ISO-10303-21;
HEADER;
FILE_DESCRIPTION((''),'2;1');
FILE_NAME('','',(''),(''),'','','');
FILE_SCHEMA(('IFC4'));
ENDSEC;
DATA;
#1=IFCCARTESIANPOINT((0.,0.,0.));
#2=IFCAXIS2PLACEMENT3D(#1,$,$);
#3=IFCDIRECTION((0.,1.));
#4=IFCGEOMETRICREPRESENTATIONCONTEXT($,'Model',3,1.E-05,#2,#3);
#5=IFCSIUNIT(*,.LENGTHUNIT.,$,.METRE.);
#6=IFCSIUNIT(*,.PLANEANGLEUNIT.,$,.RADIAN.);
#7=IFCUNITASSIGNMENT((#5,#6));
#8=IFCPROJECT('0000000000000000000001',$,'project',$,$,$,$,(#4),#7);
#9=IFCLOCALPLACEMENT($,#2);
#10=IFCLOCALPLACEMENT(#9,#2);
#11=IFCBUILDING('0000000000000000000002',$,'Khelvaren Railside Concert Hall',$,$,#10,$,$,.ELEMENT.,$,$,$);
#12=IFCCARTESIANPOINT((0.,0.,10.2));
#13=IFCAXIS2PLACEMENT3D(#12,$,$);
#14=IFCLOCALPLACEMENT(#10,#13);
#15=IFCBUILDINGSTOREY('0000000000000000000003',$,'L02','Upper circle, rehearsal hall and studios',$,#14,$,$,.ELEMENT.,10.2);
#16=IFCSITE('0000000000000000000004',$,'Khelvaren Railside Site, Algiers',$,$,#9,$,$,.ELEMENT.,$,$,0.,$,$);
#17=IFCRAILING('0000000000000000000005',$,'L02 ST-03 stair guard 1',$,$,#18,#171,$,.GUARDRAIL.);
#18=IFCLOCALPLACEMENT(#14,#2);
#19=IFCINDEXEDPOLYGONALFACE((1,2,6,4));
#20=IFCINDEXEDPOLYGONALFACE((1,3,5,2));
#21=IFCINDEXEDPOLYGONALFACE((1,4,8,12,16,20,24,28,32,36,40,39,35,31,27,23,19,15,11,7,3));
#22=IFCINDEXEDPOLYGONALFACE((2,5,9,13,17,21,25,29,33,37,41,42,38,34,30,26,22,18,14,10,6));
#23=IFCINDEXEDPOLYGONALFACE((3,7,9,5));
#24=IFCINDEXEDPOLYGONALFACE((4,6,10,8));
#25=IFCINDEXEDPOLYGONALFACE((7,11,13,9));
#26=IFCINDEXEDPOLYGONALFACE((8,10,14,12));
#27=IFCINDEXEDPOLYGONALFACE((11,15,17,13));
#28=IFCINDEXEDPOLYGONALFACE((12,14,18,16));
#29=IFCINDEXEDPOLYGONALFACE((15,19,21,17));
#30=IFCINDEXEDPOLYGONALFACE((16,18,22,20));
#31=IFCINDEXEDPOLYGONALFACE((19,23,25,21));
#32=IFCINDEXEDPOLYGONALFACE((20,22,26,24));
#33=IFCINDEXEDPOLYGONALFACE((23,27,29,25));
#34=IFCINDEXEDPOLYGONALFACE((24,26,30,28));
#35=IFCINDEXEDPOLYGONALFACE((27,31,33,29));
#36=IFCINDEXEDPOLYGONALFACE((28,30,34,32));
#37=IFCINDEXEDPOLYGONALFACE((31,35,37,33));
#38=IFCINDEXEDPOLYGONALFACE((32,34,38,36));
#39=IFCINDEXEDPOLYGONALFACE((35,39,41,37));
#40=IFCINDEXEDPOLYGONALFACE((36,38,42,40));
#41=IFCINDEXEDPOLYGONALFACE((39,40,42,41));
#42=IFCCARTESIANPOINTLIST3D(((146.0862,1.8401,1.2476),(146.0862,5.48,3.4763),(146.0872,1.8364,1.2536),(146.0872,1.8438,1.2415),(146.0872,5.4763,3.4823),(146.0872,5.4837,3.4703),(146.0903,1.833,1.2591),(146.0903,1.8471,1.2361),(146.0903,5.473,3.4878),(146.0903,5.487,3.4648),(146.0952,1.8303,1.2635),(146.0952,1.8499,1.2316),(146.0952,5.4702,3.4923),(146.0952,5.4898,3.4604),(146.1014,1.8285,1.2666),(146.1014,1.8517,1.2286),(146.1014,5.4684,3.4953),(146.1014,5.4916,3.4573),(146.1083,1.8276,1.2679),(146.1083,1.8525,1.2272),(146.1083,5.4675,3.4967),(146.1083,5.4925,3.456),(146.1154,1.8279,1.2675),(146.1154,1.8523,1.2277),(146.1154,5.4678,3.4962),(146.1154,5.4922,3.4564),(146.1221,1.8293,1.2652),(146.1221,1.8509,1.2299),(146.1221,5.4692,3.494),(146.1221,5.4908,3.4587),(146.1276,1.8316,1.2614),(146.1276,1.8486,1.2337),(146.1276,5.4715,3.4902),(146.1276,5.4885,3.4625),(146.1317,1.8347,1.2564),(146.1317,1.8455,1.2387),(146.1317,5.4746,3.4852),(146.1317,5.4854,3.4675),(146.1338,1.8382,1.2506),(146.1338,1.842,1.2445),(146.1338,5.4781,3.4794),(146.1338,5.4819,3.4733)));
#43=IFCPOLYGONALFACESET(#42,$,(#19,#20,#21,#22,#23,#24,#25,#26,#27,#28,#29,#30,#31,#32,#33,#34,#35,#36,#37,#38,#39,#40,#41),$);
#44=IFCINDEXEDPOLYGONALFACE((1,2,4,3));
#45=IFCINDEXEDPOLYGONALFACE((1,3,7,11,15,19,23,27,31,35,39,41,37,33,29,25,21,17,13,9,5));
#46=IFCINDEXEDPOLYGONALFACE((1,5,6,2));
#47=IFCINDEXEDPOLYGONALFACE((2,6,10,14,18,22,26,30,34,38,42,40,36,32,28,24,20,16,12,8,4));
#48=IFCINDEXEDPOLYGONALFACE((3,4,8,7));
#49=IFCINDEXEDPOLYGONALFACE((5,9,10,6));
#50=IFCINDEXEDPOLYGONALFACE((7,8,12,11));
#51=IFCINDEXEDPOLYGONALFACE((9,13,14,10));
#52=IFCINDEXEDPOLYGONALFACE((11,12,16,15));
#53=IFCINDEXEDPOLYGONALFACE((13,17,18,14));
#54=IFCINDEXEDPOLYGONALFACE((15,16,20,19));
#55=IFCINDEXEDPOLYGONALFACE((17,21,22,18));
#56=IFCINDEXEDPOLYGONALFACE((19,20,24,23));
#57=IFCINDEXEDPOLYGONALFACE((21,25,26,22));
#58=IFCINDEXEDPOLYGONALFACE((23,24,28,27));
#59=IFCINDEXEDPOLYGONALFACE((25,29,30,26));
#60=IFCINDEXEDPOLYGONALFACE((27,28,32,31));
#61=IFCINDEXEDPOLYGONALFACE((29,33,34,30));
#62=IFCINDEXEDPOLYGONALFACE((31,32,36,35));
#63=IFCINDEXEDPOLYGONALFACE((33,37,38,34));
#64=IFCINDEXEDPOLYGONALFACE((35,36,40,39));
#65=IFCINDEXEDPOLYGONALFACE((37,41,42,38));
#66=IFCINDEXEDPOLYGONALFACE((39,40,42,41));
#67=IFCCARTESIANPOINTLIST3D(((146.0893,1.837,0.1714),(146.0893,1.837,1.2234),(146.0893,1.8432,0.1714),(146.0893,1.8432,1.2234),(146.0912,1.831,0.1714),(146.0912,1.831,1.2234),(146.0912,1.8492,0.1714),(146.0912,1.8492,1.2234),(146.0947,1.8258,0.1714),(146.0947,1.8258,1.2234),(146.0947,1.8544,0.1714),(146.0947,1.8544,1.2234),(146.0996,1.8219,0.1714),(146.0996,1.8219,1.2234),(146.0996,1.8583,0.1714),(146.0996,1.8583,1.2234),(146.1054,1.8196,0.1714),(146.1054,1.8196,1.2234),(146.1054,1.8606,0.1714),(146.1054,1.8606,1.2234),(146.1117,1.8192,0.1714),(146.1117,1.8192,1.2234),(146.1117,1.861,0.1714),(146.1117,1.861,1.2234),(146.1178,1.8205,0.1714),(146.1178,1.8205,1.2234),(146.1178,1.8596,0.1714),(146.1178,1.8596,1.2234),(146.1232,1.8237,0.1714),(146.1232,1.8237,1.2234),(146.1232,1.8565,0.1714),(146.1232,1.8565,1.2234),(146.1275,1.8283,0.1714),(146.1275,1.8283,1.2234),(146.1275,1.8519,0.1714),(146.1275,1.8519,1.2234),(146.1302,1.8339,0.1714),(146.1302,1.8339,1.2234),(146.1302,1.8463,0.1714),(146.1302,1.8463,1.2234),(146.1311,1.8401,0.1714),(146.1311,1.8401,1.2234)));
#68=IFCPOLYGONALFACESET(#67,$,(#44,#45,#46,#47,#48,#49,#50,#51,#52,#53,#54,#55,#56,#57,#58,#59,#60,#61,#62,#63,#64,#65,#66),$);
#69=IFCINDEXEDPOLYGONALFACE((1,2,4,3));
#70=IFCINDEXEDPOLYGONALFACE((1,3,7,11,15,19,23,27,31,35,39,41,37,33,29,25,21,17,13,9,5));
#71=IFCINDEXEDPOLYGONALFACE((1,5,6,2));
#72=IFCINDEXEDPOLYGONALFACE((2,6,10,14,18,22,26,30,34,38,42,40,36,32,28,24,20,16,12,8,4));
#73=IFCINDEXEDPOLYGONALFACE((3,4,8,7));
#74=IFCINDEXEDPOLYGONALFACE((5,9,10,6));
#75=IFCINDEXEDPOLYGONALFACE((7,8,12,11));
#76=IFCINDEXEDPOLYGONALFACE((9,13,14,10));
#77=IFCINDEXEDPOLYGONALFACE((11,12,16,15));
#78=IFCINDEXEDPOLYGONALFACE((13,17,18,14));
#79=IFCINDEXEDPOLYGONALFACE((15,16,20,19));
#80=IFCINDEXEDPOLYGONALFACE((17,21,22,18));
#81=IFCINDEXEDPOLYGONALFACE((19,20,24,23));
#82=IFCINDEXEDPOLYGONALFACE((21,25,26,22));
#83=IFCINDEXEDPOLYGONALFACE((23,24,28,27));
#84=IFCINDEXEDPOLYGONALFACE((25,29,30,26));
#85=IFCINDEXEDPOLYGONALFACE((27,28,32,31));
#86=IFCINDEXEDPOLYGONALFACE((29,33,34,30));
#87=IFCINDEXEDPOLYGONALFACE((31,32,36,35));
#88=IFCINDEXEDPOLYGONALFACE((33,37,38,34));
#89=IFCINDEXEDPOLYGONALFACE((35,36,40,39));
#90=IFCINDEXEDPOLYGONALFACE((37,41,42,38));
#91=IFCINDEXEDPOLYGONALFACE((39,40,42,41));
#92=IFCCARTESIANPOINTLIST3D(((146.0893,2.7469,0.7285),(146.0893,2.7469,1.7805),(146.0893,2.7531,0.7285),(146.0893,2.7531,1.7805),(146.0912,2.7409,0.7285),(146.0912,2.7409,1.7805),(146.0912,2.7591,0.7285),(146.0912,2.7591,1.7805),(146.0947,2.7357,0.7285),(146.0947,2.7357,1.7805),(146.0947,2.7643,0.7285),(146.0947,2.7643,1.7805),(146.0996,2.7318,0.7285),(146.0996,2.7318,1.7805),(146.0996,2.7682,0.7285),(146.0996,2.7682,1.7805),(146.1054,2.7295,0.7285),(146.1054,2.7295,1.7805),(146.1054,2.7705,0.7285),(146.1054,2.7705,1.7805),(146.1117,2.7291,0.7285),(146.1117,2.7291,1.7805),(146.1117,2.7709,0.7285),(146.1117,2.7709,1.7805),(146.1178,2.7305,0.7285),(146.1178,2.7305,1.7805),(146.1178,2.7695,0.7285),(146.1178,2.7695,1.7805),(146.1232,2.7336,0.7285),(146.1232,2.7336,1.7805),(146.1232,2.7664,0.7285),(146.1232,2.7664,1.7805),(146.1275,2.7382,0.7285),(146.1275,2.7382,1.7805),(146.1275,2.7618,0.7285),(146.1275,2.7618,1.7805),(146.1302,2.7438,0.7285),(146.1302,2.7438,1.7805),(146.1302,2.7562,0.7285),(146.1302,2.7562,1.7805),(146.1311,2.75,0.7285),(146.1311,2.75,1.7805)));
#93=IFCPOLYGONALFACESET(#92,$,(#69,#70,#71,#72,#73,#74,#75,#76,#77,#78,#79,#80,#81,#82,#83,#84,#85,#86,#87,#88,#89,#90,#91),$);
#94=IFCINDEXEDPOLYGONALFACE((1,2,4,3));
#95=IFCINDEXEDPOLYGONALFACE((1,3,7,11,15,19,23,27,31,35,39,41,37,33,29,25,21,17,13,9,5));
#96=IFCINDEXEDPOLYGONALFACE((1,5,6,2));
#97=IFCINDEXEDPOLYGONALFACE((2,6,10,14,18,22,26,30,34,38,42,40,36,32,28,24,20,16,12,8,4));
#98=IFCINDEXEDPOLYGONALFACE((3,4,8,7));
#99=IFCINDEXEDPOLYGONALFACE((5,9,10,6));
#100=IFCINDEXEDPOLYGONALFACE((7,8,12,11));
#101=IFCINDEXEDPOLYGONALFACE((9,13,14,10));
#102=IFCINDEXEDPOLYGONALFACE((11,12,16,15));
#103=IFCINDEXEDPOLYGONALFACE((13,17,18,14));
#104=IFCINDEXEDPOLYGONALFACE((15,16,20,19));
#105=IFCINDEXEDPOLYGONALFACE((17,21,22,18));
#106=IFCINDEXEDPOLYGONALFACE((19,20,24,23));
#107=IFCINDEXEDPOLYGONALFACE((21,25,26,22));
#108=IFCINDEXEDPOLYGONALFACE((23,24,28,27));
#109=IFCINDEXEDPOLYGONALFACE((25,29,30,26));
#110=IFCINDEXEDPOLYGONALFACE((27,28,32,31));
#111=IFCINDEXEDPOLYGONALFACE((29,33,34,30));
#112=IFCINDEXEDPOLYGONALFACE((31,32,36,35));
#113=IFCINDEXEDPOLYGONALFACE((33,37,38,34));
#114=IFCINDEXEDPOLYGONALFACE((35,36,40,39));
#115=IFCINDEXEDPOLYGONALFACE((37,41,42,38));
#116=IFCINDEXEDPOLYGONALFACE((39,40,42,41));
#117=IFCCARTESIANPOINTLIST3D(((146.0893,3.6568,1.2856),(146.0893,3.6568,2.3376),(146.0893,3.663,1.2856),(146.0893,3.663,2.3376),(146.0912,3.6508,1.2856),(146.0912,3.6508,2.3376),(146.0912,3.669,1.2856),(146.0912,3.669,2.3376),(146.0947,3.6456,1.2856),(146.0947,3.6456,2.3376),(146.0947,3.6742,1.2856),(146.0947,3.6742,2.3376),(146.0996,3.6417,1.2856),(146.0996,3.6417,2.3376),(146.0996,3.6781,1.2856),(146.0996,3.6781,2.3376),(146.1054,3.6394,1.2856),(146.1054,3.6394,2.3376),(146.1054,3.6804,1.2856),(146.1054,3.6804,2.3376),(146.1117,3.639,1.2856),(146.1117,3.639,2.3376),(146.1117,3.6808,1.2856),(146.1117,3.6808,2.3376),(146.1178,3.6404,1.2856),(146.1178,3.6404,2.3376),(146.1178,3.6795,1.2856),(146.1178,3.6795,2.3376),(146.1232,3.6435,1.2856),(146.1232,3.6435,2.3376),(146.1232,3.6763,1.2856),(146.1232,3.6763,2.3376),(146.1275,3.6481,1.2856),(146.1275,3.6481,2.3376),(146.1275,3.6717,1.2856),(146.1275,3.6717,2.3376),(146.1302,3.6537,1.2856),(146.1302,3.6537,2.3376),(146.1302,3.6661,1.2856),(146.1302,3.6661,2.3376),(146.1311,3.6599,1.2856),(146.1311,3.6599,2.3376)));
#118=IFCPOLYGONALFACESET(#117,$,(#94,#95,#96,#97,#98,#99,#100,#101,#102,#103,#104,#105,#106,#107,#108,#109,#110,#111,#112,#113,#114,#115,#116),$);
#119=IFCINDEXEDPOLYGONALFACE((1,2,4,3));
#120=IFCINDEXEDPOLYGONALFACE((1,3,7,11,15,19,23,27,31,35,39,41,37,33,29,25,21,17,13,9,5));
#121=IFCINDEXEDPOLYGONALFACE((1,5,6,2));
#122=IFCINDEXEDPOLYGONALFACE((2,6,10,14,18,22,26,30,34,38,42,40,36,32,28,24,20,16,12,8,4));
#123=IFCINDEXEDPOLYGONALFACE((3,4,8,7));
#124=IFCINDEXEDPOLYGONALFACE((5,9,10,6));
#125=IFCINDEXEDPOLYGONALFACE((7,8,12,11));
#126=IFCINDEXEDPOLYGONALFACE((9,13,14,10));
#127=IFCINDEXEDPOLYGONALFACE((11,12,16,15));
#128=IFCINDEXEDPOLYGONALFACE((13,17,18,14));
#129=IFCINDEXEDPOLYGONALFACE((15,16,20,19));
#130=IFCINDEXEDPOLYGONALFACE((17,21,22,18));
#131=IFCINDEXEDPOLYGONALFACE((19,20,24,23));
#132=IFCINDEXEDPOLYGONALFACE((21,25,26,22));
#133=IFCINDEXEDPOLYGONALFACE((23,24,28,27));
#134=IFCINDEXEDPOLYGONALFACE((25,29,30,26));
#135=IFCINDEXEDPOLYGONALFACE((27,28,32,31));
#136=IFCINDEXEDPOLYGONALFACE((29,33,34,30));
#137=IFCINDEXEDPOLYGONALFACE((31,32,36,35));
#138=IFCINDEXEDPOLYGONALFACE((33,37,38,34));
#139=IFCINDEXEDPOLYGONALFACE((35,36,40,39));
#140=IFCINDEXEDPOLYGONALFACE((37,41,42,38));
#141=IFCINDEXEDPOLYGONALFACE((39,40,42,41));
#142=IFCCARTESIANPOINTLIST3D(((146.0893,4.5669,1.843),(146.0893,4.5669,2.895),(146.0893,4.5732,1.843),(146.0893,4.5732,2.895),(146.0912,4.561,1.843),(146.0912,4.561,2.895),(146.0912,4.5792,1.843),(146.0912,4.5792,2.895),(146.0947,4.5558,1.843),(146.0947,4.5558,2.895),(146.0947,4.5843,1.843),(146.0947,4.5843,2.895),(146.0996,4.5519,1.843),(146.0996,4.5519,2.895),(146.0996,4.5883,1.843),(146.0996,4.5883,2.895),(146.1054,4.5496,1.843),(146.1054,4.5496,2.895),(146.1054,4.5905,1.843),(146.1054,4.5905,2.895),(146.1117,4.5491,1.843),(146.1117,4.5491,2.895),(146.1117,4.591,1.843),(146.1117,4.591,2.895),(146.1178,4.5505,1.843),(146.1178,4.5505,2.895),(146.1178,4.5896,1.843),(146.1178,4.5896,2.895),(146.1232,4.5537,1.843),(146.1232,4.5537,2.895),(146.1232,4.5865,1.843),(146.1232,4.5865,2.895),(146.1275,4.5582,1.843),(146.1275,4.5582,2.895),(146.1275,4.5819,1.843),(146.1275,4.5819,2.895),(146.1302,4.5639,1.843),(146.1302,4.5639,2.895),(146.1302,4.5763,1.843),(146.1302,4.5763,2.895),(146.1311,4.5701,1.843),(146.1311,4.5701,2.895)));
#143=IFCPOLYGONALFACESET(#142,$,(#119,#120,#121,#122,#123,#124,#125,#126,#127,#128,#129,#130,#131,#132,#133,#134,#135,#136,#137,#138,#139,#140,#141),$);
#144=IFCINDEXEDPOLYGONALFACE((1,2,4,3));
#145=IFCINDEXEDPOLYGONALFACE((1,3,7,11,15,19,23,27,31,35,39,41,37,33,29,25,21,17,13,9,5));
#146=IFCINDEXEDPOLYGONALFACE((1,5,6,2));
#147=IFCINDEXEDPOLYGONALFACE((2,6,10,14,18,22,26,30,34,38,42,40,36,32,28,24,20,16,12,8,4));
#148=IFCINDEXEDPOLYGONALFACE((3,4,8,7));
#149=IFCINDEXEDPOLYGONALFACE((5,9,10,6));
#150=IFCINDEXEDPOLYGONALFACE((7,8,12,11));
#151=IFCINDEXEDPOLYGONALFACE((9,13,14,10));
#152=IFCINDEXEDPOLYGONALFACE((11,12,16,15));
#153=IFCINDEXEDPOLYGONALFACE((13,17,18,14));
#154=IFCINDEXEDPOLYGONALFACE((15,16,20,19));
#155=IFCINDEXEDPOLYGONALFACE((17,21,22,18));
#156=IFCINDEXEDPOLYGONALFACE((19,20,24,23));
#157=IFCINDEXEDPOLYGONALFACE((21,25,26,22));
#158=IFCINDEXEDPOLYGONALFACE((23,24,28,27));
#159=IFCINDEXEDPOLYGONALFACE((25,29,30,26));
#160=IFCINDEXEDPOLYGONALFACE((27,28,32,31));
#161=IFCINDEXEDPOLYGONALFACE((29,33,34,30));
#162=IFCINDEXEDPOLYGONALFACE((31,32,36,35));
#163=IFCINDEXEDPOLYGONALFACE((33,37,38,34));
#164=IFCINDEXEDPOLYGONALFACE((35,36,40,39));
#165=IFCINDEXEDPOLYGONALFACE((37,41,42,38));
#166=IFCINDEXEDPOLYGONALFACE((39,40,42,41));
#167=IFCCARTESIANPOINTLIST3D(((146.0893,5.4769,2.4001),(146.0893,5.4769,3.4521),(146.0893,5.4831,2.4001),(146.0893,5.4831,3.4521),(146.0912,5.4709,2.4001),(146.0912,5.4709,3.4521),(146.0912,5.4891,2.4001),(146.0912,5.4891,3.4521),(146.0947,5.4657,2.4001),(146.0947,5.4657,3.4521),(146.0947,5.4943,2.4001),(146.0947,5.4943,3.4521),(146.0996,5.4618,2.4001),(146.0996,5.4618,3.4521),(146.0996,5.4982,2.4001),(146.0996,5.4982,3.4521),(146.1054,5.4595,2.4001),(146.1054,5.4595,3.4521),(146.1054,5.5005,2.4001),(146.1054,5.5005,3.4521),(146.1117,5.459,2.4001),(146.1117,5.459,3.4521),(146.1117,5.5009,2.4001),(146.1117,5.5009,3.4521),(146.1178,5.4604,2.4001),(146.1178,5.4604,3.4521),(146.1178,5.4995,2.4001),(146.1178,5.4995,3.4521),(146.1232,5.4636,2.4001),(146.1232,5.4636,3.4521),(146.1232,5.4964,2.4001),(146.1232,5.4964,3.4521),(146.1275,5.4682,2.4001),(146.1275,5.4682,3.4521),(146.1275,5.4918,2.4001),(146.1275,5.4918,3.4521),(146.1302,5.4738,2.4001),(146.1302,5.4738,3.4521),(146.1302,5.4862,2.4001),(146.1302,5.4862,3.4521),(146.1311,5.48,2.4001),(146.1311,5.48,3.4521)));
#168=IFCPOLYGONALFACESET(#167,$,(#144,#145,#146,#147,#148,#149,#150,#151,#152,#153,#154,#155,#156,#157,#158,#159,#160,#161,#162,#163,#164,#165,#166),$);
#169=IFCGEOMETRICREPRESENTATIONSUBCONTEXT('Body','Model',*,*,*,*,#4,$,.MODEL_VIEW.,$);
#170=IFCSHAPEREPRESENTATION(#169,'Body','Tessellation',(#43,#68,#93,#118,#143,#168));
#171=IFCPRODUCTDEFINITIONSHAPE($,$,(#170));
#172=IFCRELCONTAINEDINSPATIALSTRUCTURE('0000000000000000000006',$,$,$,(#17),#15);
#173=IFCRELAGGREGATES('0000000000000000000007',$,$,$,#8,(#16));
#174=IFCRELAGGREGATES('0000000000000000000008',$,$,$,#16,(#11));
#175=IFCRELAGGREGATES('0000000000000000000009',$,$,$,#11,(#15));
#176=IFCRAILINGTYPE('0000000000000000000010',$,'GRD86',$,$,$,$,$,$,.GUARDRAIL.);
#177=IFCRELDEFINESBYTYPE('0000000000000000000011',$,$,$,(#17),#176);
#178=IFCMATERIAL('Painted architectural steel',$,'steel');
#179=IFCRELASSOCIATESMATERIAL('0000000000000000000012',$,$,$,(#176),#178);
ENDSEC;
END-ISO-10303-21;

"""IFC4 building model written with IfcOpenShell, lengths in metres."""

from ifc_helpers import new_model, si_unit, direction, frame, origin, origin_2d, place, context, subcontext, project, spatial, circle, extrude, material, type_object, element, save


model = new_model("IFC4")

# Units and contexts
model_context = context("Model", 3, precision=1e-05, world=origin(), true_north=direction((0.0, 1.0)))
body_context = subcontext(model_context, "Body", "Model", "MODEL_VIEW")
ifc_project = project(units=[si_unit("LENGTHUNIT", "METRE"), si_unit("PLANEANGLEUNIT", "RADIAN")], contexts=[model_context])

# Site, building, storey
site_placement = place(None, origin())
site = spatial("IfcSite", under=ifc_project, at=site_placement, Name="Khelvaren Railside Site, Algiers", CompositionType="ELEMENT", RefElevation=0.0)
building_placement = place(site_placement, origin())
building = spatial("IfcBuilding", under=site, at=building_placement, Name="Khelvaren Railside Concert Hall", CompositionType="ELEMENT")
storey_placement = place(building_placement, frame((0.0, 0.0, 10.2)))
storey = spatial("IfcBuildingStorey", under=building, at=storey_placement, Name="L02", Description="Upper circle, rehearsal hall and studios", CompositionType="ELEMENT", Elevation=10.2)

# Railing
ifc_material_1 = material(Name="Painted architectural steel", Category="steel")
railing_type_1 = type_object("IfcRailingType", Name="GRD86", PredefinedType="GUARDRAIL", material=ifc_material_1)
railing_1_placement = place(storey_placement, frame((146.1101, 1.8401, 0.1714)))
element("IfcRailing", 1, at=railing_1_placement, inside=storey, type_object=railing_type_1, Name="L02 ST-03 stair guard 1", PredefinedType="GUARDRAIL", context=body_context, shape_type="SweptSolid", body=[
    extrude(circle(Radius=0.0239, at=origin_2d()), frame((0.0, 0.0, 1.0762), z_axis=(0.0, 0.852825, 0.522197), x_axis=(-1.0, 0.0, 0.0)), (0.0, 0.0, 1.0), 4.2681),
    extrude(circle(Radius=0.021, at=origin_2d()), origin(), (0.0, 0.0, 1.0), 1.052),
    extrude(circle(Radius=0.021, at=origin_2d()), frame((0.0, 0.9099, 0.5571)), (0.0, 0.0, 1.0), 1.052),
    extrude(circle(Radius=0.021, at=origin_2d()), frame((0.0, 1.8198, 1.1143)), (0.0, 0.0, 1.0), 1.052),
    extrude(circle(Radius=0.021, at=origin_2d()), frame((0.0, 2.73, 1.6716)), (0.0, 0.0, 1.0), 1.052),
    extrude(circle(Radius=0.021, at=origin_2d()), frame((0.0, 3.6399, 2.2288)), (0.0, 0.0, 1.0), 1.052),
])

save(model, "model.ifc")
